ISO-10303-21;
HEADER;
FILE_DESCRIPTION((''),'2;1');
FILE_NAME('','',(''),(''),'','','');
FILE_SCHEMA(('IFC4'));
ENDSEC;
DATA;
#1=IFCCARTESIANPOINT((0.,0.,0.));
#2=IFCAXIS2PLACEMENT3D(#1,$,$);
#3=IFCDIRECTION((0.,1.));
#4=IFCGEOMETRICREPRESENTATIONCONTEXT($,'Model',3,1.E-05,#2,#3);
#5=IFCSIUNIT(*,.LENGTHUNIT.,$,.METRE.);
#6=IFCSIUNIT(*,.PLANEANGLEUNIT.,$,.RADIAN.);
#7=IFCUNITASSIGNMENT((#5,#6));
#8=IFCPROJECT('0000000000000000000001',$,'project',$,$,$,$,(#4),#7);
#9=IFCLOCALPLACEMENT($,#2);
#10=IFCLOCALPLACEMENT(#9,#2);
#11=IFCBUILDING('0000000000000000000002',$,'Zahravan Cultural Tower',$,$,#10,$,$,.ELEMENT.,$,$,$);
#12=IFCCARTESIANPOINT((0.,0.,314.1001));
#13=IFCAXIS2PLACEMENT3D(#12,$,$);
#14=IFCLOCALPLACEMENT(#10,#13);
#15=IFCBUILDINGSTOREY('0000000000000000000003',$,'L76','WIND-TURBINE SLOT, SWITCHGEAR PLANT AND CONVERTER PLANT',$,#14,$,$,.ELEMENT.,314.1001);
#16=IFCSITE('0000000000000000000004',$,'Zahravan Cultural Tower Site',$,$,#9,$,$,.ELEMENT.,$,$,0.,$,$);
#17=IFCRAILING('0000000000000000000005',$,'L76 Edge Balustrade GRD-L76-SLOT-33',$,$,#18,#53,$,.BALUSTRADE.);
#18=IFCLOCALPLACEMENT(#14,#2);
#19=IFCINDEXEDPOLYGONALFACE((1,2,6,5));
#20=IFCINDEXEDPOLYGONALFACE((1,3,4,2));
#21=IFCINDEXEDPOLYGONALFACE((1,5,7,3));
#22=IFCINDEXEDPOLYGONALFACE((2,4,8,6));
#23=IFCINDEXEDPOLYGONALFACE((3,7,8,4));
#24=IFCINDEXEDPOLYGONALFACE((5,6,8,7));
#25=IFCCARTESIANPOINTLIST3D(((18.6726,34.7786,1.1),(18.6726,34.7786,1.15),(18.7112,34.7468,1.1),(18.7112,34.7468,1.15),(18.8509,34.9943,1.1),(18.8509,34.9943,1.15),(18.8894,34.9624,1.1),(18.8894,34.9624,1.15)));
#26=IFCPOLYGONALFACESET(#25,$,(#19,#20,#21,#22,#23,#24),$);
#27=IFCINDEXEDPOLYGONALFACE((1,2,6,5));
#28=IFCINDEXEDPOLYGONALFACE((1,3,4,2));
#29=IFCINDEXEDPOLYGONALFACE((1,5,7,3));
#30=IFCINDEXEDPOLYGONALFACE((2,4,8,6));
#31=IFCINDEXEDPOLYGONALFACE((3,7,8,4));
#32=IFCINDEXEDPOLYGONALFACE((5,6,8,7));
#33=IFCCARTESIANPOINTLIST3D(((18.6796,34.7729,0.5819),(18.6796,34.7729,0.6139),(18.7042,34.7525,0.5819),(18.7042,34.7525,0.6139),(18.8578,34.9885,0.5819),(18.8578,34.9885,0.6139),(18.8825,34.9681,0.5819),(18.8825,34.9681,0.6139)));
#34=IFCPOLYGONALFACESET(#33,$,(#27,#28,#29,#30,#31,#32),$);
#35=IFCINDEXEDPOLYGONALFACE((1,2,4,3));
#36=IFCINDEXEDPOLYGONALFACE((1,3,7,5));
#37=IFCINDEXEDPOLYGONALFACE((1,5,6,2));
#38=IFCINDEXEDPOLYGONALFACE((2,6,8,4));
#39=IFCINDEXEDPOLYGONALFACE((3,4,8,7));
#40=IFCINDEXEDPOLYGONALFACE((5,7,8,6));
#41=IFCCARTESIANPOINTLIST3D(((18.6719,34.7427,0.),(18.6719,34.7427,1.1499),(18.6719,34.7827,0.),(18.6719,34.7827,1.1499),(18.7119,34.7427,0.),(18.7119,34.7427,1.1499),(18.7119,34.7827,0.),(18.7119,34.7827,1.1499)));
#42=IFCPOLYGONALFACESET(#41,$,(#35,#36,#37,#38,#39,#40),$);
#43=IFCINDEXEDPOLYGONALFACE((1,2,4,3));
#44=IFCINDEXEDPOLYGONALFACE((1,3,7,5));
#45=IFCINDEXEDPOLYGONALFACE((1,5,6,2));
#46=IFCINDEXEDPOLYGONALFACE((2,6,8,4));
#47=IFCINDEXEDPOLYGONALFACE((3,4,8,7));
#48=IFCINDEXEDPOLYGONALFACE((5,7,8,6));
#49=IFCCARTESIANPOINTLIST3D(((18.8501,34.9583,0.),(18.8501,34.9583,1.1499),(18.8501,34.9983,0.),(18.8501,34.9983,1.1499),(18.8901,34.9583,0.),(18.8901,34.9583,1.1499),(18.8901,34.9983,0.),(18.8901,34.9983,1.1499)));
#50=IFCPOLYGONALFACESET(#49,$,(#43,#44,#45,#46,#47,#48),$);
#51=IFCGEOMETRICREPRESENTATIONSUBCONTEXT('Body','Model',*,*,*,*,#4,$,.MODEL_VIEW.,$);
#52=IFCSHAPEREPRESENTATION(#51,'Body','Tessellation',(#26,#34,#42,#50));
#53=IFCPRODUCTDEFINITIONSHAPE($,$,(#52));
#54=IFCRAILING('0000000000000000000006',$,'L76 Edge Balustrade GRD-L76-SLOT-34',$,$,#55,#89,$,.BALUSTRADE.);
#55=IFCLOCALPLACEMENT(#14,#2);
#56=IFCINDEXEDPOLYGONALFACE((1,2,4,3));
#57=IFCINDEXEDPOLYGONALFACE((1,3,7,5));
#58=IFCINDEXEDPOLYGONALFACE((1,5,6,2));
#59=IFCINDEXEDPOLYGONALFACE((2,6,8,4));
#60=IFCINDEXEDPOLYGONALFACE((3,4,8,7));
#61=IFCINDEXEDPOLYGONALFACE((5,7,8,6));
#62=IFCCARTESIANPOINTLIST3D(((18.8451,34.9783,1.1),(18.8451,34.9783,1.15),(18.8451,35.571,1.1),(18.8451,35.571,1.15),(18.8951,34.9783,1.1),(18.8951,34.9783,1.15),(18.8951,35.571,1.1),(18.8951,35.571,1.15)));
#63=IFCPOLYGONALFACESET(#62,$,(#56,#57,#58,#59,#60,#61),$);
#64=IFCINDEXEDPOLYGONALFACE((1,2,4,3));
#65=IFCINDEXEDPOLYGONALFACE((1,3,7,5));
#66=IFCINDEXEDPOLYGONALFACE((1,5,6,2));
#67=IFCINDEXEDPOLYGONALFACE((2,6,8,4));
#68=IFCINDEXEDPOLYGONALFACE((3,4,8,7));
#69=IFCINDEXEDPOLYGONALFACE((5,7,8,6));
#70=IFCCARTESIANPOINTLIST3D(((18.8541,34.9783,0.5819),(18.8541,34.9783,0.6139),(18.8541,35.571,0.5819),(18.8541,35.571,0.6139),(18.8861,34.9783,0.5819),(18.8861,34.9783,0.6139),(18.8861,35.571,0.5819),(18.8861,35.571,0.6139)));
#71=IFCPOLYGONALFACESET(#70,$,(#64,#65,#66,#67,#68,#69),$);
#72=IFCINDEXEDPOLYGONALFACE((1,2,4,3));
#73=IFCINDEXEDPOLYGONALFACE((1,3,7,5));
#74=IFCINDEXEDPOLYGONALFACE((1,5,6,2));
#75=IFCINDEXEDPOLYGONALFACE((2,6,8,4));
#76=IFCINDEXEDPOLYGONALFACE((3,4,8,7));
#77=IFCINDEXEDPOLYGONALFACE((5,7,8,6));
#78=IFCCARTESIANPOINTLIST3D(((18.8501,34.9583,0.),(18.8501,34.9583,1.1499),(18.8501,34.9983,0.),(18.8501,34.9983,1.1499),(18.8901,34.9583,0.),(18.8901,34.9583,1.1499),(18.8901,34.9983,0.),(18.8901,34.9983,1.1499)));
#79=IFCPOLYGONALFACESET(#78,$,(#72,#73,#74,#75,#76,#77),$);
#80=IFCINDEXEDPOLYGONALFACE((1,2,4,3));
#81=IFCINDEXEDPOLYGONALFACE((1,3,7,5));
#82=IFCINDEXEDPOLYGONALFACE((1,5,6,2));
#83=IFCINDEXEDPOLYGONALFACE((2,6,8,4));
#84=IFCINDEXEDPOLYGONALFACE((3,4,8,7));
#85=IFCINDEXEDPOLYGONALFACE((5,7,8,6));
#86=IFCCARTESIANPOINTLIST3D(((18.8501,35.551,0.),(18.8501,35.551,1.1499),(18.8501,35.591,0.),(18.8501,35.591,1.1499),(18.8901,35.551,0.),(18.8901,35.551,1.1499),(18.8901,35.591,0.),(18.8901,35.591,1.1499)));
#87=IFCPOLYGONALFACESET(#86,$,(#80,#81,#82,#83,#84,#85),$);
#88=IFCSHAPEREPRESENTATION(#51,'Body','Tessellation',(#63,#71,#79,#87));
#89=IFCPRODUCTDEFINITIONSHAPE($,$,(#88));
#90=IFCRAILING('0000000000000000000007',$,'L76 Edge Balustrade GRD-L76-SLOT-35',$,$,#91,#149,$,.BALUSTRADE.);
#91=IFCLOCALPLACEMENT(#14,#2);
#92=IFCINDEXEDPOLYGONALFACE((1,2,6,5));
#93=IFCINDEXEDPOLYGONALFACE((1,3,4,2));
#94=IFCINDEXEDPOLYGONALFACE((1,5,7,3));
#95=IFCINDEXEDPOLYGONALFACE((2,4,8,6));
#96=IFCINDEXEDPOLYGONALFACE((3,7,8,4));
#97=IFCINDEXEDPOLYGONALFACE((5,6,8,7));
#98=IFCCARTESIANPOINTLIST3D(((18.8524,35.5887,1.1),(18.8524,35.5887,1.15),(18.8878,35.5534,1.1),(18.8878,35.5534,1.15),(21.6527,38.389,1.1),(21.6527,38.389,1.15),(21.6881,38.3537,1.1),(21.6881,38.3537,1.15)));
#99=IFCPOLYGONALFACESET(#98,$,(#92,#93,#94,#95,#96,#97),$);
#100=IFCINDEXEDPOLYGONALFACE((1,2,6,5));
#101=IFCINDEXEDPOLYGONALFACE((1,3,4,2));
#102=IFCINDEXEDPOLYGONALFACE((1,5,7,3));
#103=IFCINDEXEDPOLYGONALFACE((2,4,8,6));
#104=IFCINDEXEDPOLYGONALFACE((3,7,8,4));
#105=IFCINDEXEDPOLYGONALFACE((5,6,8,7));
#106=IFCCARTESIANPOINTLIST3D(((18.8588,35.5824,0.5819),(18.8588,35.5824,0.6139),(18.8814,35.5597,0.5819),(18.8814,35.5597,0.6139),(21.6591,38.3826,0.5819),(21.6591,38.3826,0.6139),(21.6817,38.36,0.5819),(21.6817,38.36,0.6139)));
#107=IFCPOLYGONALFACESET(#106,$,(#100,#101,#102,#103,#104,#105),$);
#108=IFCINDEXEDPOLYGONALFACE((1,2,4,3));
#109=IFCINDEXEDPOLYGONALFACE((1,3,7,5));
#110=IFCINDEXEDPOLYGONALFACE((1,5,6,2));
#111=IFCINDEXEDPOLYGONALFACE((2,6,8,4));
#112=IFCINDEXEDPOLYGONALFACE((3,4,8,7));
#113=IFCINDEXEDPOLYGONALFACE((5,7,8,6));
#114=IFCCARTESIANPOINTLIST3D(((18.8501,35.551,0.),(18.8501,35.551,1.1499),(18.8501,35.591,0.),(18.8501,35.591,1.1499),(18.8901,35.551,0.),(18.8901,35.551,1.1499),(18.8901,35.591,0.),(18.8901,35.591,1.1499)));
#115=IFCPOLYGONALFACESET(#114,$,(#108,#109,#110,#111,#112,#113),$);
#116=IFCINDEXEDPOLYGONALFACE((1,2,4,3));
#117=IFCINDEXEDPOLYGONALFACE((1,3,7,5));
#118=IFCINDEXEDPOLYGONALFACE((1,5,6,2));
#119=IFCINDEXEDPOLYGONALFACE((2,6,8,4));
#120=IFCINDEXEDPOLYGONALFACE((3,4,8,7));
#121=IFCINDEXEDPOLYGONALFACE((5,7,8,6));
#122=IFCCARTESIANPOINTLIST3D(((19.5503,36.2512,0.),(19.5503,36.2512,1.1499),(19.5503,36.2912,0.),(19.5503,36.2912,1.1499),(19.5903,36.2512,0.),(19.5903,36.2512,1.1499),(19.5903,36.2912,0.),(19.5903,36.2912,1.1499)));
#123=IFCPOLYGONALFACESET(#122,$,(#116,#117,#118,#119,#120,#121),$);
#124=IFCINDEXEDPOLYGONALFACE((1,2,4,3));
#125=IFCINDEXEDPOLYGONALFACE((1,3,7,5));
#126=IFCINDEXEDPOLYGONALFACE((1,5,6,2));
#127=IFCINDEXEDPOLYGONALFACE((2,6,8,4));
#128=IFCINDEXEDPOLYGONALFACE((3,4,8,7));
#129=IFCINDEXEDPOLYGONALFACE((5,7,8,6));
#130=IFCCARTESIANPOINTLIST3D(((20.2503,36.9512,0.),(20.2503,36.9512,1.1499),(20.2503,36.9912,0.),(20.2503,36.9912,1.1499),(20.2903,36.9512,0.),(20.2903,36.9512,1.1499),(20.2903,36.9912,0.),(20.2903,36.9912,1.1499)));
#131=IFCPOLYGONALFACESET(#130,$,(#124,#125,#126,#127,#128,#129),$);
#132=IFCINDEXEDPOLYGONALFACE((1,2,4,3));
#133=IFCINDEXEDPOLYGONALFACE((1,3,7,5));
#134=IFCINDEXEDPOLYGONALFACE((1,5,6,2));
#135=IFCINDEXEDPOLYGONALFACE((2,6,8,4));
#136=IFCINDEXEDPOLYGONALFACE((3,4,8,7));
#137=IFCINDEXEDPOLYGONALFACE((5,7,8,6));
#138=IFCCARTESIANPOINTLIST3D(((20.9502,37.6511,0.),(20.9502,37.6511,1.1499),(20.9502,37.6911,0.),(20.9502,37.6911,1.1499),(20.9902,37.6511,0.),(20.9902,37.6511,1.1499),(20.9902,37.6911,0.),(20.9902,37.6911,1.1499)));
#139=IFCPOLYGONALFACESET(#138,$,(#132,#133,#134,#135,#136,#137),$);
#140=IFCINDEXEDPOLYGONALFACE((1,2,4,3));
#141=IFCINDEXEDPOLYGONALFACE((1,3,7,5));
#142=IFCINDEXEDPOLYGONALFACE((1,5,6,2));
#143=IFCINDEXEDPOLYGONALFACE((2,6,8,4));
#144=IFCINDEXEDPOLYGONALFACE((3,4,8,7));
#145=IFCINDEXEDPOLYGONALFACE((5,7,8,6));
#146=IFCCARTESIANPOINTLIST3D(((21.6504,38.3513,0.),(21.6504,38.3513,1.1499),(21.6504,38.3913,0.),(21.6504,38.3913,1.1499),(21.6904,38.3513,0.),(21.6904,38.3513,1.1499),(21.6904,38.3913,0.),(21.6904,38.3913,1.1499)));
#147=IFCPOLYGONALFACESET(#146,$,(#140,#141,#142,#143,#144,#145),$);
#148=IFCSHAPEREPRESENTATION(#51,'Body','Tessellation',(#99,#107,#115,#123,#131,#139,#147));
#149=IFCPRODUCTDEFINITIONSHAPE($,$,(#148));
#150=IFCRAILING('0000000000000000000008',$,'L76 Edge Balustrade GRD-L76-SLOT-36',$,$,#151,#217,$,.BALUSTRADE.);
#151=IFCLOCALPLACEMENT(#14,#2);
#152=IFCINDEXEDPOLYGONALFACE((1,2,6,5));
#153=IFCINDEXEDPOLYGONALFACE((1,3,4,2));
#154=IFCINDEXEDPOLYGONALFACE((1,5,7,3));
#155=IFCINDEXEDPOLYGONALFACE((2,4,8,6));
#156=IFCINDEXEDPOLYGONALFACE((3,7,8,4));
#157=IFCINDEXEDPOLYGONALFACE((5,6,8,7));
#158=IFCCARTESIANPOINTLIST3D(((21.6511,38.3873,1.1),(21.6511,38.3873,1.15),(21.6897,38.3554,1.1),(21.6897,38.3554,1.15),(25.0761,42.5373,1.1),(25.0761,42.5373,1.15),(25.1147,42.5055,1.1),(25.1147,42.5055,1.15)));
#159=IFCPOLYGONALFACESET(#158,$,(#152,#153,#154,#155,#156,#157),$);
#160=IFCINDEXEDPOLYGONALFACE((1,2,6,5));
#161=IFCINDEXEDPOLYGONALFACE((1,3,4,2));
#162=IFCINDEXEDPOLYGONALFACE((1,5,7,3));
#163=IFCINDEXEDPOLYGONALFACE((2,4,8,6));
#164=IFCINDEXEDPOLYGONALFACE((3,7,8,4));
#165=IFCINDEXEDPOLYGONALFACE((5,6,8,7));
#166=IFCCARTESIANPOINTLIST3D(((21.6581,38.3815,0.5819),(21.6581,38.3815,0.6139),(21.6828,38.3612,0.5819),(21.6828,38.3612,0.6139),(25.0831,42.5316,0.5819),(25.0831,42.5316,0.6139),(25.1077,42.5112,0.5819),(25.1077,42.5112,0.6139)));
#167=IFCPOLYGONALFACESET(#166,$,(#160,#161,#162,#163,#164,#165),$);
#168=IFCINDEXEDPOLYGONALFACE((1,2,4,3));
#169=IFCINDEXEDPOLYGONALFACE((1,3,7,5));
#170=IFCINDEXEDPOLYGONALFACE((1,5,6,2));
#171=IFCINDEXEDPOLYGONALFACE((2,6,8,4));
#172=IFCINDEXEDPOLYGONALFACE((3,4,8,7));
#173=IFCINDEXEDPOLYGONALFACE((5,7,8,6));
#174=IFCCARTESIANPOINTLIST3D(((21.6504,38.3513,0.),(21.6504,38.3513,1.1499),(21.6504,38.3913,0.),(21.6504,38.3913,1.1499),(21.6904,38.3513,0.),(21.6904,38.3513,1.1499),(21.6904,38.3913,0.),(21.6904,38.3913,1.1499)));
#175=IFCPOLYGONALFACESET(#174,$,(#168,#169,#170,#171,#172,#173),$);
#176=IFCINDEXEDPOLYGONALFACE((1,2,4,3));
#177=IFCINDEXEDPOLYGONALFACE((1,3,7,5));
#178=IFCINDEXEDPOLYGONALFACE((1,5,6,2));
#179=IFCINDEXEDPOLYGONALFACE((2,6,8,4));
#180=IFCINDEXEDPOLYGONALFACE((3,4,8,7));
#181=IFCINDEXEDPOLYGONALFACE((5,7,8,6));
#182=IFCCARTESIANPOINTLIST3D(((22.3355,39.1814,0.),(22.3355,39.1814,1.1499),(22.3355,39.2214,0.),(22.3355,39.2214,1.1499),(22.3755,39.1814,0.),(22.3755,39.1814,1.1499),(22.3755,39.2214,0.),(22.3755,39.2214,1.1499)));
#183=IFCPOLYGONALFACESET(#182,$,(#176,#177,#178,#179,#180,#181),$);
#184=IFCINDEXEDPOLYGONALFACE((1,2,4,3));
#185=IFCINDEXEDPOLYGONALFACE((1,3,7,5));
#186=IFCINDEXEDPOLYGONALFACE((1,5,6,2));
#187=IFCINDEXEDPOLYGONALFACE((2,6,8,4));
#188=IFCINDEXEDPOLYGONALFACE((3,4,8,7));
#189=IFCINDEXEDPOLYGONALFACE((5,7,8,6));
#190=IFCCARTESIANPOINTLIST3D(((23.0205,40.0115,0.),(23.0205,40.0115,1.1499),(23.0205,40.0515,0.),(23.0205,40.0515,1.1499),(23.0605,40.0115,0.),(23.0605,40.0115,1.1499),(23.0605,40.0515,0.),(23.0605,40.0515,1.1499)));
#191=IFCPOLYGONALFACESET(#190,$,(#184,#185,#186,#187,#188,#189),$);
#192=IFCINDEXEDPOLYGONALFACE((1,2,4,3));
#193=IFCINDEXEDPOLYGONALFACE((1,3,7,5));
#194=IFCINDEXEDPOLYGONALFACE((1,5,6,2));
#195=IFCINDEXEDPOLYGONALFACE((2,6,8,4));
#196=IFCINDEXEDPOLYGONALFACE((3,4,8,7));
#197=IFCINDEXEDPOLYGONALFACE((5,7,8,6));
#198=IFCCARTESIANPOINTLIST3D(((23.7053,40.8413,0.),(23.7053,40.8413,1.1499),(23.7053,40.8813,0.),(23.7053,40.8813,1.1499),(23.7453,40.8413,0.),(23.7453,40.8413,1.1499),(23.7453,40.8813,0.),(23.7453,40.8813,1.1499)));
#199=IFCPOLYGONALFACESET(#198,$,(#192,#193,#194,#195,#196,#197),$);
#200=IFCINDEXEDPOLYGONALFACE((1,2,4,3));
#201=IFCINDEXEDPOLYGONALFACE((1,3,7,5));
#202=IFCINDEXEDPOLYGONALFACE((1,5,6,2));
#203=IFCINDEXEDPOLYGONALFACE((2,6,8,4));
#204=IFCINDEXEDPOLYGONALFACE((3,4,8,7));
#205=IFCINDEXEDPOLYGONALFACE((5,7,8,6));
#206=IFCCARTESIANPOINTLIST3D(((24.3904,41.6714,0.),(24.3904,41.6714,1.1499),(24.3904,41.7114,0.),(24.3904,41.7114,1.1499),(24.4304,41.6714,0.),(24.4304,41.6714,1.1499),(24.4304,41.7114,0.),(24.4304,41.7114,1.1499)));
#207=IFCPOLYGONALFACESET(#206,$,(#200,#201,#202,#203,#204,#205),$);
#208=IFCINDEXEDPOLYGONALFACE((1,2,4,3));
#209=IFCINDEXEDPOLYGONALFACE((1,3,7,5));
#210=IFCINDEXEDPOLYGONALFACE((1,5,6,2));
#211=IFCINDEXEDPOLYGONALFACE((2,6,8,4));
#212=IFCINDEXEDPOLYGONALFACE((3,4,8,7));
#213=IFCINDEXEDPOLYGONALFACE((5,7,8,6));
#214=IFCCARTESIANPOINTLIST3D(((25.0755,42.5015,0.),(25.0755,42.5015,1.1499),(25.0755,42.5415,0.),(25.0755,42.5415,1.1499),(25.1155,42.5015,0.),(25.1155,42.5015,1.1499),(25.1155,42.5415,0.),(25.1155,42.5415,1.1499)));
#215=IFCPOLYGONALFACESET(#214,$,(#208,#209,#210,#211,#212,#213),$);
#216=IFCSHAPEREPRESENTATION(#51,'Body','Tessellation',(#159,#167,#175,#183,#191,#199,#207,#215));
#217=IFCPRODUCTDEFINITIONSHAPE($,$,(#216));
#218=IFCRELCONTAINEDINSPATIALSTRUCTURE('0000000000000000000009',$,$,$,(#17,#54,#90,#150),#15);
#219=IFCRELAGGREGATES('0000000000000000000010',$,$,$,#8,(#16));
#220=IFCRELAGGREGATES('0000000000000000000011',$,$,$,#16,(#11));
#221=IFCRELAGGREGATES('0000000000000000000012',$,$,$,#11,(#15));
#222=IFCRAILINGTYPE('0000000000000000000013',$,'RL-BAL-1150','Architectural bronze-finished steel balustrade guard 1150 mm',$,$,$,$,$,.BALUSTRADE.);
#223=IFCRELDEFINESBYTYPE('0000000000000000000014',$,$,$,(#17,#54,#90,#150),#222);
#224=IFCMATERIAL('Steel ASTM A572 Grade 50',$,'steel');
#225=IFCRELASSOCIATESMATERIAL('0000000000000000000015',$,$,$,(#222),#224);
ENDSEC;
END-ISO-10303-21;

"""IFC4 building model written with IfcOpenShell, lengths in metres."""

from ifc_helpers import new_model, si_unit, direction, frame, origin, origin_2d, place, context, subcontext, project, spatial, rectangle, extrude, material, type_object, element, save


model = new_model("IFC4")

# Units and contexts
model_context = context("Model", 3, precision=1e-05, world=origin(), true_north=direction((0.0, 1.0)))
body_context = subcontext(model_context, "Body", "Model", "MODEL_VIEW")
ifc_project = project(units=[si_unit("LENGTHUNIT", "METRE"), si_unit("PLANEANGLEUNIT", "RADIAN")], contexts=[model_context])

# Site, building, storey
site_placement = place(None, origin())
site = spatial("IfcSite", under=ifc_project, at=site_placement, Name="Zahravan Cultural Tower Site", CompositionType="ELEMENT", RefElevation=0.0)
building_placement = place(site_placement, origin())
building = spatial("IfcBuilding", under=site, at=building_placement, Name="Zahravan Cultural Tower", CompositionType="ELEMENT")
storey_placement = place(building_placement, frame((0.0, 0.0, 314.1001)))
storey = spatial("IfcBuildingStorey", under=building, at=storey_placement, Name="L76", Description="WIND-TURBINE SLOT, SWITCHGEAR PLANT AND CONVERTER PLANT", CompositionType="ELEMENT", Elevation=314.1001)

# Shared definitions
ifc_material_1 = material(Name="Steel ASTM A572 Grade 50", Category="steel")

# Railings
railing_type_1 = type_object("IfcRailingType", Name="RL-BAL-1150", Description="Architectural bronze-finished steel balustrade guard 1150 mm", PredefinedType="BALUSTRADE", material=ifc_material_1)
railing_1_placement = place(storey_placement, frame((18.6919, 34.7627, 0.0)))
element("IfcRailing", 1, at=railing_1_placement, inside=storey, type_object=railing_type_1, Name="L76 Edge Balustrade GRD-L76-SLOT-33", PredefinedType="BALUSTRADE", context=body_context, shape_type="SweptSolid", body=[
    extrude(rectangle(XDim=0.05, YDim=0.05, at=origin_2d()), frame((0.0, 0.0, 1.125), z_axis=(0.637175, 0.770719, 0.0), x_axis=(-0.770719, 0.637175, 0.0)), (0.0, 0.0, 1.0), 0.2798),
    extrude(rectangle(XDim=0.032, YDim=0.032, at=origin_2d()), frame((0.0, 0.0, 0.5979), z_axis=(0.637175, 0.770719, 0.0), x_axis=(-0.770719, 0.637175, 0.0)), (0.0, 0.0, 1.0), 0.2798),
    extrude(rectangle(XDim=0.04, YDim=0.04, at=origin_2d()), origin(), (0.0, 0.0, 1.0), 1.1499),
    extrude(rectangle(XDim=0.04, YDim=0.04, at=origin_2d()), frame((0.1782, 0.2156, 0.0)), (0.0, 0.0, 1.0), 1.1499),
])
railing_2_placement = place(storey_placement, frame((18.8701, 34.9783, 0.0)))
element("IfcRailing", 2, at=railing_2_placement, inside=storey, type_object=railing_type_1, Name="L76 Edge Balustrade GRD-L76-SLOT-34", PredefinedType="BALUSTRADE", context=body_context, shape_type="SweptSolid", body=[
    extrude(rectangle(XDim=0.05, YDim=0.05, at=origin_2d()), frame((0.0, 0.0, 1.125), z_axis=(0.0, 1.0, 0.0), x_axis=(-1.0, 0.0, 0.0)), (0.0, 0.0, 1.0), 0.5928),
    extrude(rectangle(XDim=0.032, YDim=0.032, at=origin_2d()), frame((0.0, 0.0, 0.5979), z_axis=(0.0, 1.0, 0.0), x_axis=(-1.0, 0.0, 0.0)), (0.0, 0.0, 1.0), 0.5928),
    extrude(rectangle(XDim=0.04, YDim=0.04, at=origin_2d()), origin(), (0.0, 0.0, 1.0), 1.1499),
    extrude(rectangle(XDim=0.04, YDim=0.04, at=origin_2d()), frame((0.0, 0.5928, 0.0)), (0.0, 0.0, 1.0), 1.1499),
])
railing_3_placement = place(storey_placement, frame((18.8701, 35.571, 0.0)))
element("IfcRailing", 3, at=railing_3_placement, inside=storey, type_object=railing_type_1, Name="L76 Edge Balustrade GRD-L76-SLOT-35", PredefinedType="BALUSTRADE", context=body_context, shape_type="SweptSolid", body=[
    extrude(rectangle(XDim=0.05, YDim=0.05, at=origin_2d()), frame((0.0, 0.0, 1.125), z_axis=(0.707107, 0.707107, 0.0), x_axis=(-0.707107, 0.707107, 0.0)), (0.0, 0.0, 1.0), 3.9602),
    extrude(rectangle(XDim=0.032, YDim=0.032, at=origin_2d()), frame((0.0, 0.0, 0.5979), z_axis=(0.707107, 0.707107, 0.0), x_axis=(-0.707107, 0.707107, 0.0)), (0.0, 0.0, 1.0), 3.9602),
    extrude(rectangle(XDim=0.04, YDim=0.04, at=origin_2d()), origin(), (0.0, 0.0, 1.0), 1.1499),
    extrude(rectangle(XDim=0.04, YDim=0.04, at=origin_2d()), frame((0.7002, 0.7002, 0.0)), (0.0, 0.0, 1.0), 1.1499),
    extrude(rectangle(XDim=0.04, YDim=0.04, at=origin_2d()), frame((1.4001, 1.4001, 0.0)), (0.0, 0.0, 1.0), 1.1499),
    extrude(rectangle(XDim=0.04, YDim=0.04, at=origin_2d()), frame((2.1001, 2.1001, 0.0)), (0.0, 0.0, 1.0), 1.1499),
    extrude(rectangle(XDim=0.04, YDim=0.04, at=origin_2d()), frame((2.8003, 2.8003, 0.0)), (0.0, 0.0, 1.0), 1.1499),
])
railing_4_placement = place(storey_placement, frame((21.6704, 38.3713, 0.0)))
element("IfcRailing", 4, at=railing_4_placement, inside=storey, type_object=railing_type_1, Name="L76 Edge Balustrade GRD-L76-SLOT-36", PredefinedType="BALUSTRADE", context=body_context, shape_type="SweptSolid", body=[
    extrude(rectangle(XDim=0.05, YDim=0.05, at=origin_2d()), frame((0.0, 0.0, 1.125), z_axis=(0.636513, 0.771266, 0.0), x_axis=(-0.771266, 0.636513, 0.0)), (0.0, 0.0, 1.0), 5.3809),
    extrude(rectangle(XDim=0.032, YDim=0.032, at=origin_2d()), frame((0.0, 0.0, 0.5979), z_axis=(0.636513, 0.771266, 0.0), x_axis=(-0.771266, 0.636513, 0.0)), (0.0, 0.0, 1.0), 5.3809),
    extrude(rectangle(XDim=0.04, YDim=0.04, at=origin_2d()), origin(), (0.0, 0.0, 1.0), 1.1499),
    extrude(rectangle(XDim=0.04, YDim=0.04, at=origin_2d()), frame((0.6851, 0.8301, 0.0)), (0.0, 0.0, 1.0), 1.1499),
    extrude(rectangle(XDim=0.04, YDim=0.04, at=origin_2d()), frame((1.3701, 1.6602, 0.0)), (0.0, 0.0, 1.0), 1.1499),
    extrude(rectangle(XDim=0.04, YDim=0.04, at=origin_2d()), frame((2.0549, 2.49, 0.0)), (0.0, 0.0, 1.0), 1.1499),
    extrude(rectangle(XDim=0.04, YDim=0.04, at=origin_2d()), frame((2.74, 3.3201, 0.0)), (0.0, 0.0, 1.0), 1.1499),
    extrude(rectangle(XDim=0.04, YDim=0.04, at=origin_2d()), frame((3.425, 4.1501, 0.0)), (0.0, 0.0, 1.0), 1.1499),
])

save(model, "model.ifc")
